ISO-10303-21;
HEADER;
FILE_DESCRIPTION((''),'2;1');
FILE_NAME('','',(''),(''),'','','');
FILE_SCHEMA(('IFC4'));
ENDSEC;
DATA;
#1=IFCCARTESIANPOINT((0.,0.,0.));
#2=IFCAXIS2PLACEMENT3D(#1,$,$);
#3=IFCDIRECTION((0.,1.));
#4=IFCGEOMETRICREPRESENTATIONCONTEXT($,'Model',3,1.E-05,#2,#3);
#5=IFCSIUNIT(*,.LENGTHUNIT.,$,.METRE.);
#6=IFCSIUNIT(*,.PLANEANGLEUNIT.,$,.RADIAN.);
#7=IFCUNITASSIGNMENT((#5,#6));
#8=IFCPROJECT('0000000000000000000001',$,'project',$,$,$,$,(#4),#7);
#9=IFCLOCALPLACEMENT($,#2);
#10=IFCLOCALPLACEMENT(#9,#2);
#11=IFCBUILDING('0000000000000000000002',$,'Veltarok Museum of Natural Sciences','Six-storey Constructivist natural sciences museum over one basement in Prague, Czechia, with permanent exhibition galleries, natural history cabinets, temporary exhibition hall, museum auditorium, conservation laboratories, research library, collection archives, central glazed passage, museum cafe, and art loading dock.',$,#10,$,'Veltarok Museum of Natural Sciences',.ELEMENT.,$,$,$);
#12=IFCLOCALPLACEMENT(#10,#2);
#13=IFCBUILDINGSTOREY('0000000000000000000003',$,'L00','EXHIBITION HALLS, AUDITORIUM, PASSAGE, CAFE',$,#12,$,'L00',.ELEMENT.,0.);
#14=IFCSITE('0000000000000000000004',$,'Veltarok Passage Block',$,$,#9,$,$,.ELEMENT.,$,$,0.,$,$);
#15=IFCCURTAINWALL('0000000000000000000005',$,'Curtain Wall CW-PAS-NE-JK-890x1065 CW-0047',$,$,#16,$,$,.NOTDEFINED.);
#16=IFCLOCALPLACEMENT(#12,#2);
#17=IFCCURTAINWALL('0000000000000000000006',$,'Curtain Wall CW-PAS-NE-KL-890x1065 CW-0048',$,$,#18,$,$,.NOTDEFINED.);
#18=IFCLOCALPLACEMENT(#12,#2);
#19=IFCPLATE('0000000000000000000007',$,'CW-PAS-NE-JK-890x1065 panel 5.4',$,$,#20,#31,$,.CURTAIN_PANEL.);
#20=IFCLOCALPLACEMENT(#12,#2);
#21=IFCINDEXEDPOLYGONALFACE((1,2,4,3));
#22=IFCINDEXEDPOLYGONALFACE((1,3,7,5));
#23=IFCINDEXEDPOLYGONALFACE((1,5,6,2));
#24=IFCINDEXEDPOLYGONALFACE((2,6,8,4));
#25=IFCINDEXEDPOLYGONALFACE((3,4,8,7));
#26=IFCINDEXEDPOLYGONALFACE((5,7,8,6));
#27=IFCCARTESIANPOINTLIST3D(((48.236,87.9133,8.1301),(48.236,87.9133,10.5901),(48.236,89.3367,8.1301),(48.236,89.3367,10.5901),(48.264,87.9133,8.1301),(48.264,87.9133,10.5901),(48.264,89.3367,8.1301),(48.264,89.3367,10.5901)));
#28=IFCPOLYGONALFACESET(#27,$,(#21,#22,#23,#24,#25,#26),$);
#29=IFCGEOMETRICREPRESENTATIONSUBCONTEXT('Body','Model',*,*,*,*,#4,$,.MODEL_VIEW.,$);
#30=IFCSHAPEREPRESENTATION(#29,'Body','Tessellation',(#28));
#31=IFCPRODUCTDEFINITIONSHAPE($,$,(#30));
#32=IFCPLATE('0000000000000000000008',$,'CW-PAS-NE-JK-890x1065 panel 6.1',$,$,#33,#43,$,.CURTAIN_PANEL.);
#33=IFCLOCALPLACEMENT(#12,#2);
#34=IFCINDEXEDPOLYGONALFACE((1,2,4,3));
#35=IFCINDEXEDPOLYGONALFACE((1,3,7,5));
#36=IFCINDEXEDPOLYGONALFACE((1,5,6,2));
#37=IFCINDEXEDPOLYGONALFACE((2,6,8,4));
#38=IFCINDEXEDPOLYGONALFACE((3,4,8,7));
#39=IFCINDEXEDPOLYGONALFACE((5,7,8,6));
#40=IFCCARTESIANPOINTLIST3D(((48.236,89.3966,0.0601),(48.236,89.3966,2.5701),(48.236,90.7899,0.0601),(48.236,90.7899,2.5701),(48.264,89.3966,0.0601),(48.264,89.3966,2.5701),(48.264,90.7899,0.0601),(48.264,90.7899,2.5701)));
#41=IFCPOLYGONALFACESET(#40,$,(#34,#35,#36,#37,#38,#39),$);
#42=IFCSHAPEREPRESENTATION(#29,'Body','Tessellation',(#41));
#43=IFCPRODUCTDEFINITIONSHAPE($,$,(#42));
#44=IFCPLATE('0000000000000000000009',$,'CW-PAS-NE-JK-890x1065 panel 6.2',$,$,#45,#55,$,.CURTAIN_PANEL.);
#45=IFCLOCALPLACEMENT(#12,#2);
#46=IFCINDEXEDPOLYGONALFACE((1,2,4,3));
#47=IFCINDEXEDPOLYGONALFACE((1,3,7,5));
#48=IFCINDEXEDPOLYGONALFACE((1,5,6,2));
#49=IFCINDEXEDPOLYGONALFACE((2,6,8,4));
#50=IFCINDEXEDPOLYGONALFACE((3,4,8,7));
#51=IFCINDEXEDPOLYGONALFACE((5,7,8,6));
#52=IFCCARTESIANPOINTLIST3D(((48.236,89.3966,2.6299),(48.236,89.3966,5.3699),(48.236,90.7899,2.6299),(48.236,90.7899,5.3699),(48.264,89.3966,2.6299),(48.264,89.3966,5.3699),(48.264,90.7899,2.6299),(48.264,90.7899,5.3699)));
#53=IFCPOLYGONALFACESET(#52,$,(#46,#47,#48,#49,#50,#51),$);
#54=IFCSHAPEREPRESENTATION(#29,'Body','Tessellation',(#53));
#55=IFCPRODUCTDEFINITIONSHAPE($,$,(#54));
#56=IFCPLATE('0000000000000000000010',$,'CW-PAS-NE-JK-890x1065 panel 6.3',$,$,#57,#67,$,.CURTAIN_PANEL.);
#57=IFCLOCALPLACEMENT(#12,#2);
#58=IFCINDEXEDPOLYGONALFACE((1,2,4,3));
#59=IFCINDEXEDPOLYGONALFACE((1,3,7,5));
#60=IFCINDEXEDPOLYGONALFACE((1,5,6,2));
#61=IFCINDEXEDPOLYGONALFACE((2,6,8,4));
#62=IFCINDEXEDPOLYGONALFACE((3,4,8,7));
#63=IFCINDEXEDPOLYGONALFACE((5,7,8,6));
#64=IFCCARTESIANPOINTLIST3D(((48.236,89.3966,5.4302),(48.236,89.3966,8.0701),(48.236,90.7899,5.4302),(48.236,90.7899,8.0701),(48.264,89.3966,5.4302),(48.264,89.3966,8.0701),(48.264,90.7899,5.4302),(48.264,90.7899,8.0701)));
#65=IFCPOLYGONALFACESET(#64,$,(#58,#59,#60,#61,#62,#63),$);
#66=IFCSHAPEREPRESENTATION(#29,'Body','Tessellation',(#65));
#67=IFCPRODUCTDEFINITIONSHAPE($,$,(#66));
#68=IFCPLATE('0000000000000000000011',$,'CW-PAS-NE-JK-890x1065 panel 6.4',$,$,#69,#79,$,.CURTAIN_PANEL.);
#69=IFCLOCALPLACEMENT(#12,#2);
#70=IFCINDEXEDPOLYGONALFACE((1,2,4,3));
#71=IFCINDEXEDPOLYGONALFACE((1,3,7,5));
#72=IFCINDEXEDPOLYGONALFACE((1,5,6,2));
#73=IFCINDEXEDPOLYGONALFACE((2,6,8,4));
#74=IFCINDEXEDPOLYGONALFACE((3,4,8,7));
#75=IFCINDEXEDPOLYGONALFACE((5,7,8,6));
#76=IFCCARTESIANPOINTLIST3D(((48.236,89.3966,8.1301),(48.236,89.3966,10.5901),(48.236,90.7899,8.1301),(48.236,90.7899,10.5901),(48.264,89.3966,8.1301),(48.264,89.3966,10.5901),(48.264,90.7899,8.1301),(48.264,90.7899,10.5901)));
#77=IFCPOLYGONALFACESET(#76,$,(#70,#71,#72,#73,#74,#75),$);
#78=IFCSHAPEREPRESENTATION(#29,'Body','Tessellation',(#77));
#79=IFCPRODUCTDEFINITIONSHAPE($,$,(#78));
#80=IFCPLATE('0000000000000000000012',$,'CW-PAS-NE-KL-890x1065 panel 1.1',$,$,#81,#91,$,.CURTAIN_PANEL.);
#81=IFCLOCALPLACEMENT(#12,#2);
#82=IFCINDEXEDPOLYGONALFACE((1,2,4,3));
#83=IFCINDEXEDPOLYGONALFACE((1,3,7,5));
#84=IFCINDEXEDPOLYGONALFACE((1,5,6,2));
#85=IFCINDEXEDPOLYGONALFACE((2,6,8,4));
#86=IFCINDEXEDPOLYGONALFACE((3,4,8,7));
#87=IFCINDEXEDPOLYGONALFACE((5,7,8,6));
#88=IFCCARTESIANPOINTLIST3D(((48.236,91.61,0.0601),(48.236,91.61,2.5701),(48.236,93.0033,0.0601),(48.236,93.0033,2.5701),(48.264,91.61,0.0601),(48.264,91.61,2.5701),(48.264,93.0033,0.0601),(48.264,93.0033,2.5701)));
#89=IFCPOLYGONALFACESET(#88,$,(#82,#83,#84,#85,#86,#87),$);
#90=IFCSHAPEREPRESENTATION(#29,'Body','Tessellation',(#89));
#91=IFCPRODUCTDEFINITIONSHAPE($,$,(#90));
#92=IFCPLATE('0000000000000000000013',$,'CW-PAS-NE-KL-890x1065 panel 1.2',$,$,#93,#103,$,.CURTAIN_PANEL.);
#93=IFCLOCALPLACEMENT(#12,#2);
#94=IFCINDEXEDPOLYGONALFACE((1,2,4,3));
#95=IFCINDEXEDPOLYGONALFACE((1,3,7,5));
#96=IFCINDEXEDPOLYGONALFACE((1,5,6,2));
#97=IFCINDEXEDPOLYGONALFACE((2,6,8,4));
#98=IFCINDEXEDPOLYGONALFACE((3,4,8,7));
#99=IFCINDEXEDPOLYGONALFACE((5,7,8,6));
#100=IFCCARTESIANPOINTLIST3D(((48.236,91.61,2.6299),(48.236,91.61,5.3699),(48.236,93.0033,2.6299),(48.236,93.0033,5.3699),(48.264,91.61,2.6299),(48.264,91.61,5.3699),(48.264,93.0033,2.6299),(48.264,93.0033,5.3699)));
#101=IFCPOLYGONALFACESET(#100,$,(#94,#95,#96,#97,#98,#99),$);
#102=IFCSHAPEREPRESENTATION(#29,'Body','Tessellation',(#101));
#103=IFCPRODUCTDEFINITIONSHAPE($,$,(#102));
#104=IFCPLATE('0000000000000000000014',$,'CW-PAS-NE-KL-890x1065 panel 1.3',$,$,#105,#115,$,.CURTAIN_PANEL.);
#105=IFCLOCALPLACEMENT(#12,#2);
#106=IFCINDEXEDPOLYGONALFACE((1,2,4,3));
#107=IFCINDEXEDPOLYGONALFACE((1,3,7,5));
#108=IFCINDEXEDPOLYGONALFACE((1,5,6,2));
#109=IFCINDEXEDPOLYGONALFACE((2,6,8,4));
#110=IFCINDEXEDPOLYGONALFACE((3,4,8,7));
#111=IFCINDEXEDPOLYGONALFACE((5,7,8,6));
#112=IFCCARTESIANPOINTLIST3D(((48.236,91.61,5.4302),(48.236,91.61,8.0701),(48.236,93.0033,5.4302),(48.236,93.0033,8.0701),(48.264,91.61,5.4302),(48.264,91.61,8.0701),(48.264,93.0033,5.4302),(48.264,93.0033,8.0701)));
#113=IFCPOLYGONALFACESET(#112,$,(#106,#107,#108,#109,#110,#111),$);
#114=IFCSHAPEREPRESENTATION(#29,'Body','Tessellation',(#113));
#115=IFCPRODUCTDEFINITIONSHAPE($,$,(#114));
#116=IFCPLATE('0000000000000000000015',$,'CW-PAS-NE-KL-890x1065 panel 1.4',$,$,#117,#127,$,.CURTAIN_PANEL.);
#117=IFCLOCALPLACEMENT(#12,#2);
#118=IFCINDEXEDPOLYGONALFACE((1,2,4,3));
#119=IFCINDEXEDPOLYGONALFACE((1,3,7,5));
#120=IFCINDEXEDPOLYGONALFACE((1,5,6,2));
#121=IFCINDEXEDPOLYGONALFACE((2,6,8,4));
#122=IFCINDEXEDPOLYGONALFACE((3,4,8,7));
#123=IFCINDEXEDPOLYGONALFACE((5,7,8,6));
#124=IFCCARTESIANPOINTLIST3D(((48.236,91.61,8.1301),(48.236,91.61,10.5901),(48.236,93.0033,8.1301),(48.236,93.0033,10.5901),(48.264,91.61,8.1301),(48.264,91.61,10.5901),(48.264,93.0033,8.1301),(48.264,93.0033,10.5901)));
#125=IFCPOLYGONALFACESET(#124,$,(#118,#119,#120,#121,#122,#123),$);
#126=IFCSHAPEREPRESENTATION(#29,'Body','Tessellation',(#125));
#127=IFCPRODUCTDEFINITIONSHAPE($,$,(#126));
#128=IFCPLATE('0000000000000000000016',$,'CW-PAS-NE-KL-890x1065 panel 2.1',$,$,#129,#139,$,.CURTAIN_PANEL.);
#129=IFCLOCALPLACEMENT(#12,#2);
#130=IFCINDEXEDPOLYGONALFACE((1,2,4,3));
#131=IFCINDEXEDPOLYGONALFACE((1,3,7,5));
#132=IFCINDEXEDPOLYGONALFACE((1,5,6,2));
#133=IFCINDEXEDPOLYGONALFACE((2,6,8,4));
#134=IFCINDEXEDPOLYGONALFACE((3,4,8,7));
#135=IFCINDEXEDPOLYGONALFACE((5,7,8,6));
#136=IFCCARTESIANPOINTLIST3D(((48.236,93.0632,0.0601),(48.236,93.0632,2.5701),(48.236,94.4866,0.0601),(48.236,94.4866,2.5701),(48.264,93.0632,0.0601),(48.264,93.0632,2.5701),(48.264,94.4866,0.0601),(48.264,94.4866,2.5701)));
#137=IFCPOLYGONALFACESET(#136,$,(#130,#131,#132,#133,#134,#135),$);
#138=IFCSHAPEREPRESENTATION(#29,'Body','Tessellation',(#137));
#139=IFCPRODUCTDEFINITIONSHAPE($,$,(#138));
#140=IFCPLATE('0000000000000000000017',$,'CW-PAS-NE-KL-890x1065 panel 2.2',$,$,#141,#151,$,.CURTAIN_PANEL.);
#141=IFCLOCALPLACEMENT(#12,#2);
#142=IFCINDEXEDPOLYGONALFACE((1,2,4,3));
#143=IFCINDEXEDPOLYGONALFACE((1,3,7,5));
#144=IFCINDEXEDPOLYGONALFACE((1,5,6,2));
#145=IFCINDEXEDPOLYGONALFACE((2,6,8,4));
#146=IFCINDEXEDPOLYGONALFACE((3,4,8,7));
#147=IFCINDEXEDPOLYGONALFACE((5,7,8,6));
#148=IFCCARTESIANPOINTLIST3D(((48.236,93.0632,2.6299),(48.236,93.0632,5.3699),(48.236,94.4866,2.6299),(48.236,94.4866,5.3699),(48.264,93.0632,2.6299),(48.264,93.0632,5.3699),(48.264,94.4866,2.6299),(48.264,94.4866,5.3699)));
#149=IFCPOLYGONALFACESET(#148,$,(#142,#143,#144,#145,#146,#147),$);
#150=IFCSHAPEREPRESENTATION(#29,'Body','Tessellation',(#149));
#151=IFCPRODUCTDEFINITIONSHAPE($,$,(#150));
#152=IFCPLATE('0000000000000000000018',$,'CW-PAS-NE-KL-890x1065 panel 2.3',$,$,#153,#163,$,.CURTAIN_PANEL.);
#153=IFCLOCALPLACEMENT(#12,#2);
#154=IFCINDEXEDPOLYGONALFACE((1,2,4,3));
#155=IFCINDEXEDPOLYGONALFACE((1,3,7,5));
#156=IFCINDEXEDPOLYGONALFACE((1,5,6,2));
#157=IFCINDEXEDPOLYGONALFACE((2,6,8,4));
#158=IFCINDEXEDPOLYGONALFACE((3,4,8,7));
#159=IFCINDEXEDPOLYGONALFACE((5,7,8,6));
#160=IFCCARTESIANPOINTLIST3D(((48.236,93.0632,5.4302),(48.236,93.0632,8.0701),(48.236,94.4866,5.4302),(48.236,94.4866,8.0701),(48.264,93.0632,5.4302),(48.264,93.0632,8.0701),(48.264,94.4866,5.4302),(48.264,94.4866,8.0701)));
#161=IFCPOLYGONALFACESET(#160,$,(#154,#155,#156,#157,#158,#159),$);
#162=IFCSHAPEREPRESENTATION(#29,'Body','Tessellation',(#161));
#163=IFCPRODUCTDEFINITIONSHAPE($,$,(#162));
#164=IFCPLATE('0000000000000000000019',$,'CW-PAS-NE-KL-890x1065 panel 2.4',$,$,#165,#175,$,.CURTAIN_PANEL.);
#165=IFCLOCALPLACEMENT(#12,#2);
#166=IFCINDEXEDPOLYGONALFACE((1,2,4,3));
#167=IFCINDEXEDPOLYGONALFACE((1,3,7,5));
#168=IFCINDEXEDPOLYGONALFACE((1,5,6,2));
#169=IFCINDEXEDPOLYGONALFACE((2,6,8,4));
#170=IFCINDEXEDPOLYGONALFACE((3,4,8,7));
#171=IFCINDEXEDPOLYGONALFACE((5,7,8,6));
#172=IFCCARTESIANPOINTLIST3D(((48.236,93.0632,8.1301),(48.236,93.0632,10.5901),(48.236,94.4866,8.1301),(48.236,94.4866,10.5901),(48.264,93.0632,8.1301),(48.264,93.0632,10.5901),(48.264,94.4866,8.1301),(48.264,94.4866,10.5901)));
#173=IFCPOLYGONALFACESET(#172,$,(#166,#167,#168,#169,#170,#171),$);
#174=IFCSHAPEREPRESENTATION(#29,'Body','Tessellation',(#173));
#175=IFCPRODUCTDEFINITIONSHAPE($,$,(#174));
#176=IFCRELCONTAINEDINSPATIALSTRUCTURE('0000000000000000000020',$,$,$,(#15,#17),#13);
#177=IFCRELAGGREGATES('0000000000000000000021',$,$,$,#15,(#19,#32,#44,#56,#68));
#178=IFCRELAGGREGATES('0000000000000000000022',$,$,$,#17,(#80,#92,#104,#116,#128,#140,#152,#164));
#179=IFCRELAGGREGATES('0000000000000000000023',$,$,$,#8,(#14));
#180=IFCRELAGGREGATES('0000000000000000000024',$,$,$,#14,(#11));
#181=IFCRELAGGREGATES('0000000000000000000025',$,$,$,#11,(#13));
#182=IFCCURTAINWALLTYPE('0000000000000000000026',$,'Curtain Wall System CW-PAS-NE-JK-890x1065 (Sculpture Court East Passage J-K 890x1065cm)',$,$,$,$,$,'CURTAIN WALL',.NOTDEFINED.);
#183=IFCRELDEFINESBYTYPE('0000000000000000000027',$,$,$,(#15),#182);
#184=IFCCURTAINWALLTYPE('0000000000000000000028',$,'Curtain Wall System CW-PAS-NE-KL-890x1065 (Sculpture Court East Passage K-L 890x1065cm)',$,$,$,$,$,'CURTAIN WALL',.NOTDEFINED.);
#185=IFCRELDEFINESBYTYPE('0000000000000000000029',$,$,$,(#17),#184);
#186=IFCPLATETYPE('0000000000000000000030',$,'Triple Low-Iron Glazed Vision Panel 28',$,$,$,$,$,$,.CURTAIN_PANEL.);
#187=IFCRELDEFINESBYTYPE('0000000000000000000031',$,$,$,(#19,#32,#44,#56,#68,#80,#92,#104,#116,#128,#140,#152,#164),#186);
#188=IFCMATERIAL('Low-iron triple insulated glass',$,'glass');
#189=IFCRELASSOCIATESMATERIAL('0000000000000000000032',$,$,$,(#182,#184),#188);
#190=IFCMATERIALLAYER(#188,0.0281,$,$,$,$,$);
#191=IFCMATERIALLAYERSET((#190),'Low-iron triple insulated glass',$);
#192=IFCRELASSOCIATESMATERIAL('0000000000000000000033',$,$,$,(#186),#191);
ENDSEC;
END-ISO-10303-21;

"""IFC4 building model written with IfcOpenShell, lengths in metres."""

from ifc_helpers import new_model, si_unit, direction, frame, origin, origin_2d, place, context, subcontext, project, spatial, rectangle, extrude, material, layer, layer_set, type_object, element, aggregate, save


model = new_model("IFC4")

# Units and contexts
model_context = context("Model", 3, precision=1e-05, world=origin(), true_north=direction((0.0, 1.0)))
body_context = subcontext(model_context, "Body", "Model", "MODEL_VIEW")
ifc_project = project(units=[si_unit("LENGTHUNIT", "METRE"), si_unit("PLANEANGLEUNIT", "RADIAN")], contexts=[model_context])

# Site, building, storey
site_placement = place(None, origin())
site = spatial("IfcSite", under=ifc_project, at=site_placement, Name="Veltarok Passage Block", CompositionType="ELEMENT", RefElevation=0.0)
building_placement = place(site_placement, origin())
building = spatial("IfcBuilding", under=site, at=building_placement, Name="Veltarok Museum of Natural Sciences", Description="Six-storey Constructivist natural sciences museum over one basement in Prague, Czechia, with permanent exhibition galleries, natural history cabinets, temporary exhibition hall, museum auditorium, conservation laboratories, research library, collection archives, central glazed passage, museum cafe, and art loading dock.", LongName="Veltarok Museum of Natural Sciences", CompositionType="ELEMENT")
storey_placement = place(building_placement, origin())
storey = spatial("IfcBuildingStorey", under=building, at=storey_placement, Name="L00", Description="EXHIBITION HALLS, AUDITORIUM, PASSAGE, CAFE", LongName="L00", CompositionType="ELEMENT", Elevation=0.0)

# Curtain walls
ifc_material_1 = material(Name="Low-iron triple insulated glass", Category="glass")
curtain_wall_type_1 = type_object("IfcCurtainWallType", Name="Curtain Wall System CW-PAS-NE-JK-890x1065 (Sculpture Court East Passage J-K 890x1065cm)", ElementType="CURTAIN WALL", PredefinedType="NOTDEFINED", material=ifc_material_1)
curtain_wall_1_placement = place(storey_placement, origin())
curtain_wall_1 = element("IfcCurtainWall", 1, at=curtain_wall_1_placement, inside=storey, type_object=curtain_wall_type_1, Name="Curtain Wall CW-PAS-NE-JK-890x1065 CW-0047", PredefinedType="NOTDEFINED")
curtain_wall_type_2 = type_object("IfcCurtainWallType", Name="Curtain Wall System CW-PAS-NE-KL-890x1065 (Sculpture Court East Passage K-L 890x1065cm)", ElementType="CURTAIN WALL", PredefinedType="NOTDEFINED", material=ifc_material_1)
curtain_wall_2_placement = place(storey_placement, origin())
curtain_wall_2 = element("IfcCurtainWall", 2, at=curtain_wall_2_placement, inside=storey, type_object=curtain_wall_type_2, Name="Curtain Wall CW-PAS-NE-KL-890x1065 CW-0048", PredefinedType="NOTDEFINED")

# Plates
ifc_layer = layer(ifc_material_1, 0.0281)
ifc_layer_set = layer_set([ifc_layer], Name="Low-iron triple insulated glass")
plate_type = type_object("IfcPlateType", Name="Triple Low-Iron Glazed Vision Panel 28", PredefinedType="CURTAIN_PANEL", material=ifc_layer_set)
plate_1_placement = place(storey_placement, frame((48.25, 88.625, 8.1301), z_axis=(0.0, 0.0, 1.0), x_axis=(0.0, 1.0, 0.0)))
plate_1 = element("IfcPlate", 3, at=plate_1_placement, type_object=plate_type, Name="CW-PAS-NE-JK-890x1065 panel 5.4", PredefinedType="CURTAIN_PANEL", context=body_context, shape_type="SweptSolid", body=[
    extrude(rectangle(XDim=1.4233, YDim=0.0281, at=origin_2d()), origin(), (0.0, 0.0, 1.0), 2.46),
])
plate_2_placement = place(storey_placement, frame((48.25, 90.0933, 0.0601), z_axis=(0.0, 0.0, 1.0), x_axis=(0.0, 1.0, 0.0)))
plate_2 = element("IfcPlate", 4, at=plate_2_placement, type_object=plate_type, Name="CW-PAS-NE-JK-890x1065 panel 6.1", PredefinedType="CURTAIN_PANEL", context=body_context, shape_type="SweptSolid", body=[
    extrude(rectangle(XDim=1.3933, YDim=0.0281, at=origin_2d()), origin(), (0.0, 0.0, 1.0), 2.51),
])
plate_3_placement = place(storey_placement, frame((48.25, 90.0933, 2.6299), z_axis=(0.0, 0.0, 1.0), x_axis=(0.0, 1.0, 0.0)))
plate_3 = element("IfcPlate", 5, at=plate_3_placement, type_object=plate_type, Name="CW-PAS-NE-JK-890x1065 panel 6.2", PredefinedType="CURTAIN_PANEL", context=body_context, shape_type="SweptSolid", body=[
    extrude(rectangle(XDim=1.3933, YDim=0.0281, at=origin_2d()), origin(), (0.0, 0.0, 1.0), 2.74),
])
plate_4_placement = place(storey_placement, frame((48.25, 90.0933, 5.4302), z_axis=(0.0, 0.0, 1.0), x_axis=(0.0, 1.0, 0.0)))
plate_4 = element("IfcPlate", 6, at=plate_4_placement, type_object=plate_type, Name="CW-PAS-NE-JK-890x1065 panel 6.3", PredefinedType="CURTAIN_PANEL", context=body_context, shape_type="SweptSolid", body=[
    extrude(rectangle(XDim=1.3933, YDim=0.0281, at=origin_2d()), origin(), (0.0, 0.0, 1.0), 2.6399),
])
plate_5_placement = place(storey_placement, frame((48.25, 90.0933, 8.1301), z_axis=(0.0, 0.0, 1.0), x_axis=(0.0, 1.0, 0.0)))
plate_5 = element("IfcPlate", 7, at=plate_5_placement, type_object=plate_type, Name="CW-PAS-NE-JK-890x1065 panel 6.4", PredefinedType="CURTAIN_PANEL", context=body_context, shape_type="SweptSolid", body=[
    extrude(rectangle(XDim=1.3933, YDim=0.0281, at=origin_2d()), origin(), (0.0, 0.0, 1.0), 2.46),
])
aggregate(curtain_wall_1, [plate_1, plate_2, plate_3, plate_4, plate_5])
plate_6_placement = place(storey_placement, frame((48.25, 92.3066, 0.0601), z_axis=(0.0, 0.0, 1.0), x_axis=(0.0, 1.0, 0.0)))
plate_6 = element("IfcPlate", 8, at=plate_6_placement, type_object=plate_type, Name="CW-PAS-NE-KL-890x1065 panel 1.1", PredefinedType="CURTAIN_PANEL", context=body_context, shape_type="SweptSolid", body=[
    extrude(rectangle(XDim=1.3933, YDim=0.0281, at=origin_2d()), origin(), (0.0, 0.0, 1.0), 2.51),
])
plate_7_placement = place(storey_placement, frame((48.25, 92.3066, 2.6299), z_axis=(0.0, 0.0, 1.0), x_axis=(0.0, 1.0, 0.0)))
plate_7 = element("IfcPlate", 9, at=plate_7_placement, type_object=plate_type, Name="CW-PAS-NE-KL-890x1065 panel 1.2", PredefinedType="CURTAIN_PANEL", context=body_context, shape_type="SweptSolid", body=[
    extrude(rectangle(XDim=1.3933, YDim=0.0281, at=origin_2d()), origin(), (0.0, 0.0, 1.0), 2.74),
])
plate_8_placement = place(storey_placement, frame((48.25, 92.3066, 5.4302), z_axis=(0.0, 0.0, 1.0), x_axis=(0.0, 1.0, 0.0)))
plate_8 = element("IfcPlate", 10, at=plate_8_placement, type_object=plate_type, Name="CW-PAS-NE-KL-890x1065 panel 1.3", PredefinedType="CURTAIN_PANEL", context=body_context, shape_type="SweptSolid", body=[
    extrude(rectangle(XDim=1.3933, YDim=0.0281, at=origin_2d()), origin(), (0.0, 0.0, 1.0), 2.6399),
])
plate_9_placement = place(storey_placement, frame((48.25, 92.3066, 8.1301), z_axis=(0.0, 0.0, 1.0), x_axis=(0.0, 1.0, 0.0)))
plate_9 = element("IfcPlate", 11, at=plate_9_placement, type_object=plate_type, Name="CW-PAS-NE-KL-890x1065 panel 1.4", PredefinedType="CURTAIN_PANEL", context=body_context, shape_type="SweptSolid", body=[
    extrude(rectangle(XDim=1.3933, YDim=0.0281, at=origin_2d()), origin(), (0.0, 0.0, 1.0), 2.46),
])
plate_10_placement = place(storey_placement, frame((48.25, 93.7749, 0.0601), z_axis=(0.0, 0.0, 1.0), x_axis=(0.0, 1.0, 0.0)))
plate_10 = element("IfcPlate", 12, at=plate_10_placement, type_object=plate_type, Name="CW-PAS-NE-KL-890x1065 panel 2.1", PredefinedType="CURTAIN_PANEL", context=body_context, shape_type="SweptSolid", body=[
    extrude(rectangle(XDim=1.4233, YDim=0.0281, at=origin_2d()), origin(), (0.0, 0.0, 1.0), 2.51),
])
plate_11_placement = place(storey_placement, frame((48.25, 93.7749, 2.6299), z_axis=(0.0, 0.0, 1.0), x_axis=(0.0, 1.0, 0.0)))
plate_11 = element("IfcPlate", 13, at=plate_11_placement, type_object=plate_type, Name="CW-PAS-NE-KL-890x1065 panel 2.2", PredefinedType="CURTAIN_PANEL", context=body_context, shape_type="SweptSolid", body=[
    extrude(rectangle(XDim=1.4233, YDim=0.0281, at=origin_2d()), origin(), (0.0, 0.0, 1.0), 2.74),
])
plate_12_placement = place(storey_placement, frame((48.25, 93.7749, 5.4302), z_axis=(0.0, 0.0, 1.0), x_axis=(0.0, 1.0, 0.0)))
plate_12 = element("IfcPlate", 14, at=plate_12_placement, type_object=plate_type, Name="CW-PAS-NE-KL-890x1065 panel 2.3", PredefinedType="CURTAIN_PANEL", context=body_context, shape_type="SweptSolid", body=[
    extrude(rectangle(XDim=1.4233, YDim=0.0281, at=origin_2d()), origin(), (0.0, 0.0, 1.0), 2.6399),
])
plate_13_placement = place(storey_placement, frame((48.25, 93.7749, 8.1301), z_axis=(0.0, 0.0, 1.0), x_axis=(0.0, 1.0, 0.0)))
plate_13 = element("IfcPlate", 15, at=plate_13_placement, type_object=plate_type, Name="CW-PAS-NE-KL-890x1065 panel 2.4", PredefinedType="CURTAIN_PANEL", context=body_context, shape_type="SweptSolid", body=[
    extrude(rectangle(XDim=1.4233, YDim=0.0281, at=origin_2d()), origin(), (0.0, 0.0, 1.0), 2.46),
])
aggregate(curtain_wall_2, [plate_6, plate_7, plate_8, plate_9, plate_10, plate_11, plate_12, plate_13])

save(model, "model.ifc")
